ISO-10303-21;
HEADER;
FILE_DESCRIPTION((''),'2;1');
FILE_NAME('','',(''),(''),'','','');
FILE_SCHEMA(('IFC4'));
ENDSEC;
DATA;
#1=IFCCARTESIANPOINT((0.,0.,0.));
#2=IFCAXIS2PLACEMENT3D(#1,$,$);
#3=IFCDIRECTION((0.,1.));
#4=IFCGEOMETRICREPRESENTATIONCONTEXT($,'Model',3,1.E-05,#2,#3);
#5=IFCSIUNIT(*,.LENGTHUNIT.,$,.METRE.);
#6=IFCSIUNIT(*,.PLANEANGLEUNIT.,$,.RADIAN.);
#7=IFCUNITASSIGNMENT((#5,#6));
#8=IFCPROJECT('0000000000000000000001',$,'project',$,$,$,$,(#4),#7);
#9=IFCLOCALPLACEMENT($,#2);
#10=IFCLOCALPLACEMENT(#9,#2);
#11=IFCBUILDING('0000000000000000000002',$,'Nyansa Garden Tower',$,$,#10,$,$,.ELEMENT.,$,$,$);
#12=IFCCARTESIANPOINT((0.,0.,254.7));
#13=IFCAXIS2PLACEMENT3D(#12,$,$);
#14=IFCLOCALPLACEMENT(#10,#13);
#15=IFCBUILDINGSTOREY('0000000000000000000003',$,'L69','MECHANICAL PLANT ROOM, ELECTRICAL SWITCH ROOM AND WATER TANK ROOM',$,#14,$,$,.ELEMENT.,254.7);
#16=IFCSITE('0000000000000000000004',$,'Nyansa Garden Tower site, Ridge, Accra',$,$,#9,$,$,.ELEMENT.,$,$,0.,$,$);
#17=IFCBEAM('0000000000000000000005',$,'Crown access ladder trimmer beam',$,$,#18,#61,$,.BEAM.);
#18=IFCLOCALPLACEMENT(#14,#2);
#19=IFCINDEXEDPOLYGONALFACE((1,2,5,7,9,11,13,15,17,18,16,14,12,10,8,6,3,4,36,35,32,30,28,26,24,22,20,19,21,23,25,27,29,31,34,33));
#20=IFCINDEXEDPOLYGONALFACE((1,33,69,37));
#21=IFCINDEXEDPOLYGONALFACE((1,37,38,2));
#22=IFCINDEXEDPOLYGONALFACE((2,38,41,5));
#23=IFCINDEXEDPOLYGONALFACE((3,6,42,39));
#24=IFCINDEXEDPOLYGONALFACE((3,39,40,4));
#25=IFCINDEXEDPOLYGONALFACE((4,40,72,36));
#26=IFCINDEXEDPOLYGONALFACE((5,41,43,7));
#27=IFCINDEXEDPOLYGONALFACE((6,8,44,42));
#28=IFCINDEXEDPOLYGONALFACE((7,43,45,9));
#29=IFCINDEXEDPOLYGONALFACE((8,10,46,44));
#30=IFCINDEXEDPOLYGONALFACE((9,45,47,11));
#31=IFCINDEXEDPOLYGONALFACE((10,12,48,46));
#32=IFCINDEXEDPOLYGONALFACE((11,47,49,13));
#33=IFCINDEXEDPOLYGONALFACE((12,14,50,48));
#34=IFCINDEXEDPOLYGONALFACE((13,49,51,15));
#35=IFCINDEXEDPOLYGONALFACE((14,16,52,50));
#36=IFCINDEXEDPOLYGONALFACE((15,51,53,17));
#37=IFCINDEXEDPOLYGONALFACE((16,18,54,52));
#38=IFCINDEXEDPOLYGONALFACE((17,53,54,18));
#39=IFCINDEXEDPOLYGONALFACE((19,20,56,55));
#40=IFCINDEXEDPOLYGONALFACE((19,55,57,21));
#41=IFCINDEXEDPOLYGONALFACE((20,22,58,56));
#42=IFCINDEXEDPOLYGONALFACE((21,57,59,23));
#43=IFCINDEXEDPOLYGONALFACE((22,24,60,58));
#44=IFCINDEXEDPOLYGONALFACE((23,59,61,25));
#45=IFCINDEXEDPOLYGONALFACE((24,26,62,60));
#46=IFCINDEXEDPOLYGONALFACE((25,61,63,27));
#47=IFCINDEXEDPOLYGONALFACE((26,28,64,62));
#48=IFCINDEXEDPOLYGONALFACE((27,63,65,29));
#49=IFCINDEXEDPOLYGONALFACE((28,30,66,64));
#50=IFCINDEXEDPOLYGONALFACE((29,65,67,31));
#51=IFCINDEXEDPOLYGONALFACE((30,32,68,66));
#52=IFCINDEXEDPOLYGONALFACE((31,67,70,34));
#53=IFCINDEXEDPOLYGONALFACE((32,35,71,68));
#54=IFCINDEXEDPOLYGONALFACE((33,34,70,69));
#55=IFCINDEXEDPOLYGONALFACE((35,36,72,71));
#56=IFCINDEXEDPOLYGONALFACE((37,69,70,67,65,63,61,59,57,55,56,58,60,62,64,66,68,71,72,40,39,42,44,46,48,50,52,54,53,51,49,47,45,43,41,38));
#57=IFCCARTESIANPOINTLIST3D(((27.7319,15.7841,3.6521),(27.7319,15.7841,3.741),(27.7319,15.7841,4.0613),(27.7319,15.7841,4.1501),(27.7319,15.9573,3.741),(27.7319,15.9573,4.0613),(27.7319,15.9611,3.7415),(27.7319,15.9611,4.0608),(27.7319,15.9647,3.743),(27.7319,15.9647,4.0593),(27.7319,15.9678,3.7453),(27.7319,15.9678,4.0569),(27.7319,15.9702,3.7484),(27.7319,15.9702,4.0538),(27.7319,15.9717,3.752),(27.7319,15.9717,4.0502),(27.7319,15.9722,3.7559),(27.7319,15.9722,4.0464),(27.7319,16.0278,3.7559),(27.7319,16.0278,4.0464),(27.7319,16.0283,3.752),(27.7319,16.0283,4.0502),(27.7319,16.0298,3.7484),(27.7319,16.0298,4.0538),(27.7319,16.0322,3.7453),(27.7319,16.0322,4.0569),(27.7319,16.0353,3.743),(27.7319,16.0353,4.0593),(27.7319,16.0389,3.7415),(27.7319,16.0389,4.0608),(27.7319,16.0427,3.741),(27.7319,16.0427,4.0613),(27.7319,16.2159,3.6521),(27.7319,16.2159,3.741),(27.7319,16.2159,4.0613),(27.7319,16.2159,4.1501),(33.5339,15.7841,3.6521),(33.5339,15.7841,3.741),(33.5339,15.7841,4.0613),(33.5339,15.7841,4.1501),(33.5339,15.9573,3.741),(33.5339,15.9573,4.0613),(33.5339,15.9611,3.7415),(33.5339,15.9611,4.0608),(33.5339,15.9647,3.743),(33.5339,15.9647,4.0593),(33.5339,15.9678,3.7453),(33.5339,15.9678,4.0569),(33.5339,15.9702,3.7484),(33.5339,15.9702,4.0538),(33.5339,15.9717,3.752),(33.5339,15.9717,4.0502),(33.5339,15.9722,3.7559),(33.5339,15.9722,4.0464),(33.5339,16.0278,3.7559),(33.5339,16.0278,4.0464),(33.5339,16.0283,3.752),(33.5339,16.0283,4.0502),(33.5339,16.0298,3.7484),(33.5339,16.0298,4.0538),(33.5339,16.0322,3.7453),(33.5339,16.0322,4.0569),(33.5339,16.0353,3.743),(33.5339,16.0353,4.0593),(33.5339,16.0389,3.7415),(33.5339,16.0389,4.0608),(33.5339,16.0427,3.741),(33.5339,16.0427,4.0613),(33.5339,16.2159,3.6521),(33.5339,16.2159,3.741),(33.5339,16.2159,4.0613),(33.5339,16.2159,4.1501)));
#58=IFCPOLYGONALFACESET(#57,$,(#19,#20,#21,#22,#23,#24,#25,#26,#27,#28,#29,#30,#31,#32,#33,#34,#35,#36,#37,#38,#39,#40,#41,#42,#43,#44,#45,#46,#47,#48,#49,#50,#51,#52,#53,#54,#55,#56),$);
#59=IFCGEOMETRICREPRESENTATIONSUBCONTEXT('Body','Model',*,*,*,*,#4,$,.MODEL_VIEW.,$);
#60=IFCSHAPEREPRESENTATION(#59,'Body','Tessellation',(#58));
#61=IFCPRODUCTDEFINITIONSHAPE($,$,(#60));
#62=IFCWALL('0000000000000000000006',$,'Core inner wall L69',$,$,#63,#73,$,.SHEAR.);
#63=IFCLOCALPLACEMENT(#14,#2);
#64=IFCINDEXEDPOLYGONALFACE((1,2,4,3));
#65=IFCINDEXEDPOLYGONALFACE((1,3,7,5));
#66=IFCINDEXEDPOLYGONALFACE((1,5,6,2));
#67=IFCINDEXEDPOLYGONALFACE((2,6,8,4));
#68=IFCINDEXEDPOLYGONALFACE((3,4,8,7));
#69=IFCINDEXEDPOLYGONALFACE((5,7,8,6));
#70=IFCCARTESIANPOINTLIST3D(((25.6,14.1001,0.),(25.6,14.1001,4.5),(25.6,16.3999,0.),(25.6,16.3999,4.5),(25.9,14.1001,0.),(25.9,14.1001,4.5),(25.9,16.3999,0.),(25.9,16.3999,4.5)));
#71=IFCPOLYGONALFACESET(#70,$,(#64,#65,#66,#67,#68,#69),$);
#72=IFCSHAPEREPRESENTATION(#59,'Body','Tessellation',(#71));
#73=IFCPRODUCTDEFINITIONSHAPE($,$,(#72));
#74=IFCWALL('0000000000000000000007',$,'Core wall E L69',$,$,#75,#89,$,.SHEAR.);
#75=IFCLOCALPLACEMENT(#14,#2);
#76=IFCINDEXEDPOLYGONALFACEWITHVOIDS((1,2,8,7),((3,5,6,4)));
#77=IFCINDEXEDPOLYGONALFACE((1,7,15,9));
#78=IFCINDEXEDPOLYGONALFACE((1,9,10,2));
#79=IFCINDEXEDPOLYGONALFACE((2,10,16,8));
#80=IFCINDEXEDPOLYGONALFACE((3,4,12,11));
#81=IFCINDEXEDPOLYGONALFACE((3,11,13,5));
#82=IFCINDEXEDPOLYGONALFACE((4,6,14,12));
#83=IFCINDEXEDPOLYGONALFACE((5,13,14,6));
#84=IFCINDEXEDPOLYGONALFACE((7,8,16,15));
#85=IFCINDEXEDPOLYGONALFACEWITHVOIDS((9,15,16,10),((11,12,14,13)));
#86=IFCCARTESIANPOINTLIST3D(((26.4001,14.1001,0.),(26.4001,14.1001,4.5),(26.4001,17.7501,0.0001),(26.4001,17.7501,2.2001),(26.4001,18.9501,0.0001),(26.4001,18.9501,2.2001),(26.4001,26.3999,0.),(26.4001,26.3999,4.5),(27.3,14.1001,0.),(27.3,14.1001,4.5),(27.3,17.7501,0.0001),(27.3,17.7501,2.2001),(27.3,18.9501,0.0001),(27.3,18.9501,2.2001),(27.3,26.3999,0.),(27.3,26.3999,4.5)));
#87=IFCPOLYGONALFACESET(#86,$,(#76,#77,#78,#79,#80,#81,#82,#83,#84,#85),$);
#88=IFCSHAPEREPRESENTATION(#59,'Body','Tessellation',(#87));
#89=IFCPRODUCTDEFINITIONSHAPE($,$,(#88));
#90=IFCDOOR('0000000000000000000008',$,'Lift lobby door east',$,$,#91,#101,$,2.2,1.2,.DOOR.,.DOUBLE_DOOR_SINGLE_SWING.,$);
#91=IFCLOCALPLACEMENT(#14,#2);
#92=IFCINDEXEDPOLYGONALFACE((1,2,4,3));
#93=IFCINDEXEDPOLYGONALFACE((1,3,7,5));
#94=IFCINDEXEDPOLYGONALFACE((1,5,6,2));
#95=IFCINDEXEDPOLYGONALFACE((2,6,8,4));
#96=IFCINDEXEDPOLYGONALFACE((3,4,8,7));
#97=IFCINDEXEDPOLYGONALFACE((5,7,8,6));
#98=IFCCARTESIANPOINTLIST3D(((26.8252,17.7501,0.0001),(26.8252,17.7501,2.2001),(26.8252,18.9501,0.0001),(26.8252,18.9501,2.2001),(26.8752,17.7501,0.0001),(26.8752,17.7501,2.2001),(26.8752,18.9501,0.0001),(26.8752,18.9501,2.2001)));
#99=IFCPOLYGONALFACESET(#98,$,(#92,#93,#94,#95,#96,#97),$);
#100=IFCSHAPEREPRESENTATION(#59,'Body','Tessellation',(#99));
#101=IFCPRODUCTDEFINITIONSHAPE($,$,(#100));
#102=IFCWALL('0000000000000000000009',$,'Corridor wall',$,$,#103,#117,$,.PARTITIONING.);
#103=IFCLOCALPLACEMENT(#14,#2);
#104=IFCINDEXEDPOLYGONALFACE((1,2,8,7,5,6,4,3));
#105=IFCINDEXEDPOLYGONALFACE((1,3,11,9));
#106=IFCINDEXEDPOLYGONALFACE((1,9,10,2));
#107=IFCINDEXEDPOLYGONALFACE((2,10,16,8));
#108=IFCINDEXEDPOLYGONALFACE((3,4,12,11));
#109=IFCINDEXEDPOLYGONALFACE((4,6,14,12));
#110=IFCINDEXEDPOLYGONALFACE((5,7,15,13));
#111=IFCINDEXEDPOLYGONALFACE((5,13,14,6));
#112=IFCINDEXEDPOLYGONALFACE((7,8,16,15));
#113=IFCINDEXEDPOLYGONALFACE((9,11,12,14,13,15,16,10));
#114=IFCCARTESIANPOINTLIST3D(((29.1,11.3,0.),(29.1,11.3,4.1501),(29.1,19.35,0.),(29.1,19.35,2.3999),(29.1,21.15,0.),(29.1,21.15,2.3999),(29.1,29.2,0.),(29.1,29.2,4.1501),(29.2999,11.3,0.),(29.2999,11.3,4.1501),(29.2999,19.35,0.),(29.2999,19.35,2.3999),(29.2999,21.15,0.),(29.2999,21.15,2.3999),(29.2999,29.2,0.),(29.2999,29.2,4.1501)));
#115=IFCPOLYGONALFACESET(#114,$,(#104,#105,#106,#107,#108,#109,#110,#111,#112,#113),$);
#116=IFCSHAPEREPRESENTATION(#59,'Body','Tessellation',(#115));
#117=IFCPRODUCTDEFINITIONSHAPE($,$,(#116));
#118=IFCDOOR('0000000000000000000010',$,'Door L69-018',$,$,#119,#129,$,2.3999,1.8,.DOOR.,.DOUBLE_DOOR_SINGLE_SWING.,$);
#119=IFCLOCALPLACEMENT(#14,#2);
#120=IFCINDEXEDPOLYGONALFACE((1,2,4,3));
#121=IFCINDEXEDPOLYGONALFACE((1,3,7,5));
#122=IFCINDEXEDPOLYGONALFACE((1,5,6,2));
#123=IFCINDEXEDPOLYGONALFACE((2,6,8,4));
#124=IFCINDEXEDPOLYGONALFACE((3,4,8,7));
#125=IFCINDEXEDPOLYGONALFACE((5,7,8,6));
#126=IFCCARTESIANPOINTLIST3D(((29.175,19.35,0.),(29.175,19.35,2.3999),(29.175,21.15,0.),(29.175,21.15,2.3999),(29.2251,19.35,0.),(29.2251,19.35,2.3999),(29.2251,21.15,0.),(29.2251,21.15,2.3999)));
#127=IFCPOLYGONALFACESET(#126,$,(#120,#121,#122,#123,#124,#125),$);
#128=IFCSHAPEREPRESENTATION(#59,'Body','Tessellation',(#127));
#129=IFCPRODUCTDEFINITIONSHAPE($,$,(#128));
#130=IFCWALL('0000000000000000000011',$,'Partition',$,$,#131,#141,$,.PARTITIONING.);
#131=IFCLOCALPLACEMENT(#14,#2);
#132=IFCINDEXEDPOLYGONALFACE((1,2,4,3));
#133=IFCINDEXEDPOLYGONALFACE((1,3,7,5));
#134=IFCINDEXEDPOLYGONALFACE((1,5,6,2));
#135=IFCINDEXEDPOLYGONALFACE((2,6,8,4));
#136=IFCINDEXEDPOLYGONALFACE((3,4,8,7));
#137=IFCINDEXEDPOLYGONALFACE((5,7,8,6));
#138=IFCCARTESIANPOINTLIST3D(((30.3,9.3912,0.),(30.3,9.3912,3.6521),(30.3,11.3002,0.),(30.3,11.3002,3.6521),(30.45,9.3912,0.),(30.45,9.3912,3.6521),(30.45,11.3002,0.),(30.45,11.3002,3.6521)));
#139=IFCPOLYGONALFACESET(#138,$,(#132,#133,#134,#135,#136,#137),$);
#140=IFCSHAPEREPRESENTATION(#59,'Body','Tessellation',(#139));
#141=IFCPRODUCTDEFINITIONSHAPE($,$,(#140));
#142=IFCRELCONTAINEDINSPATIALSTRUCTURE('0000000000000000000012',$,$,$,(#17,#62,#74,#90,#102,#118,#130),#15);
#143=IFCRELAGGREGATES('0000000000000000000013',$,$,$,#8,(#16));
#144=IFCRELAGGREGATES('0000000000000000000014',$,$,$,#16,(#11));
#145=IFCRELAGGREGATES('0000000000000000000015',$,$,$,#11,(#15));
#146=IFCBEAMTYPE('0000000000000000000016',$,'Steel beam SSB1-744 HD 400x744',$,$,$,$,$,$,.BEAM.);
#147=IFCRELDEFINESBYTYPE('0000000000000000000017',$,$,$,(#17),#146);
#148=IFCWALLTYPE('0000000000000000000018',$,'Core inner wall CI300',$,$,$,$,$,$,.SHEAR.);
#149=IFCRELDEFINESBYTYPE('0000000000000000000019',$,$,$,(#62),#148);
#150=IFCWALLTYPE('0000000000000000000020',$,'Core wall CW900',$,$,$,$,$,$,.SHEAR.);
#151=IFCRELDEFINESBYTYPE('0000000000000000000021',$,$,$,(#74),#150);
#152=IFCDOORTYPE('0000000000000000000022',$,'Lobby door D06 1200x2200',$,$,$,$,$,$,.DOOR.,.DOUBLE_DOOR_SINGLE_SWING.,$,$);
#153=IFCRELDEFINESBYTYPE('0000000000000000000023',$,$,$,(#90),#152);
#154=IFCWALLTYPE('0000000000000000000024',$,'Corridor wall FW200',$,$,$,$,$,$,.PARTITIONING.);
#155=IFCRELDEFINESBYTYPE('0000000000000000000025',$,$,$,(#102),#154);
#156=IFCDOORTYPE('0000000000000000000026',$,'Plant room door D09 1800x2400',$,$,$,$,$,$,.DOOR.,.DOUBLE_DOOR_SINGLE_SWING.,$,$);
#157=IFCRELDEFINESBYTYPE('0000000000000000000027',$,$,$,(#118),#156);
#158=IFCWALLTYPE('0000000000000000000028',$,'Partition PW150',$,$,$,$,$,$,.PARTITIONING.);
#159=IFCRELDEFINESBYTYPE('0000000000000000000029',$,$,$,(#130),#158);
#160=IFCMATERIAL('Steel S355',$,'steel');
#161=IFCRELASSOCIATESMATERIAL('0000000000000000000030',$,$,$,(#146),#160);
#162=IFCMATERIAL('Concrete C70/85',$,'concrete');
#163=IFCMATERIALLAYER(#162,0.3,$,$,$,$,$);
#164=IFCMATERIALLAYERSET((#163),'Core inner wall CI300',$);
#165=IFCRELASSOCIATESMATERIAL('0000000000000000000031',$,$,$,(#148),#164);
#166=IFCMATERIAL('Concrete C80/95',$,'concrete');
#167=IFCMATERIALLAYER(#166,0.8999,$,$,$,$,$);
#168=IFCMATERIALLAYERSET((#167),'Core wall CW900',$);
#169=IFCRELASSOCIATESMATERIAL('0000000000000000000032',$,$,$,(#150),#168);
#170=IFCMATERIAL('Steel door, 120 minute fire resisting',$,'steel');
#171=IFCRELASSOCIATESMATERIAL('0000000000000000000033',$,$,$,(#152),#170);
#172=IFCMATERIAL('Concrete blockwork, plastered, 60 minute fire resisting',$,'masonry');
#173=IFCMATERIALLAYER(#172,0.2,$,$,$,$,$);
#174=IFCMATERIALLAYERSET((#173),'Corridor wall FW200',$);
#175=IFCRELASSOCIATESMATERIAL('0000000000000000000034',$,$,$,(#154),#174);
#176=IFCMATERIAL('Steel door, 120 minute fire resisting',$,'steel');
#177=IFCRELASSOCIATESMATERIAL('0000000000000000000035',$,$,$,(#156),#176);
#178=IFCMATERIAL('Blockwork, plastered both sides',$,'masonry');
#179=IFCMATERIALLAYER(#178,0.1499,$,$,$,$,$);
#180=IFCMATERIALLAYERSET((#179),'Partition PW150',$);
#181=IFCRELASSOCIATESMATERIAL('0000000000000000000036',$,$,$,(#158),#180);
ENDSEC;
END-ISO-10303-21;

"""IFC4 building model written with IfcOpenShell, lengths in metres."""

from ifc_helpers import new_model, si_unit, direction, frame, frame_2d, origin, origin_2d, place, context, subcontext, project, spatial, rectangle, i_section, extrude, material, layer, layer_set, material_profile, profile_set, type_object, element, fill, save


model = new_model("IFC4")

# Units and contexts
model_context = context("Model", 3, precision=1e-05, world=origin(), true_north=direction((0.0, 1.0)))
body_context = subcontext(model_context, "Body", "Model", "MODEL_VIEW")
ifc_project = project(units=[si_unit("LENGTHUNIT", "METRE"), si_unit("PLANEANGLEUNIT", "RADIAN")], contexts=[model_context])

# Site, building, storey
site_placement = place(None, origin())
site = spatial("IfcSite", under=ifc_project, at=site_placement, Name="Nyansa Garden Tower site, Ridge, Accra", CompositionType="ELEMENT", RefElevation=0.0)
building_placement = place(site_placement, origin())
building = spatial("IfcBuilding", under=site, at=building_placement, Name="Nyansa Garden Tower", CompositionType="ELEMENT")
storey_placement = place(building_placement, frame((0.0, 0.0, 254.7)))
storey = spatial("IfcBuildingStorey", under=building, at=storey_placement, Name="L69", Description="MECHANICAL PLANT ROOM, ELECTRICAL SWITCH ROOM AND WATER TANK ROOM", CompositionType="ELEMENT", Elevation=254.7)

# Beam
ifc_material_1 = material(Name="Steel S355", Category="steel")
ifc_material_profile_1 = material_profile(ifc_material_1, i_section(OverallWidth=0.4319, OverallDepth=0.498, WebThickness=0.0557, FlangeThickness=0.0889, FilletRadius=0.0149, at=origin_2d()), Name="HD 400x744")
ifc_profile_set_1 = profile_set([ifc_material_profile_1], Name="Steel S355")
beam_type_1 = type_object("IfcBeamType", Name="Steel beam SSB1-744 HD 400x744", PredefinedType="BEAM", material=ifc_profile_set_1)
beam_1_placement = place(storey_placement, frame((27.7319, 16.0, 3.9011), z_axis=(1.0, 0.0, 0.0), x_axis=(0.0, 1.0, 0.0)))
element("IfcBeam", 1, at=beam_1_placement, inside=storey, type_object=beam_type_1, Name="Crown access ladder trimmer beam", PredefinedType="BEAM", context=body_context, shape_type="SweptSolid", body=[
    extrude(i_section(OverallWidth=0.4319, OverallDepth=0.498, WebThickness=0.0557, FlangeThickness=0.0889, FilletRadius=0.0149, at=origin_2d()), origin(), (0.0, 0.0, 1.0), 5.802),
])

# Wall
ifc_material_2 = material(Name="Concrete C70/85", Category="concrete")
ifc_layer_1 = layer(ifc_material_2, 0.3)
ifc_layer_set_1 = layer_set([ifc_layer_1], Name="Core inner wall CI300")
wall_type_1 = type_object("IfcWallType", Name="Core inner wall CI300", PredefinedType="SHEAR", material=ifc_layer_set_1)
wall_1_placement = place(storey_placement, frame((25.75, 14.1001, 0.0), z_axis=(0.0, 0.0, 1.0), x_axis=(0.0, 1.0, 0.0)))
element("IfcWall", 2, at=wall_1_placement, inside=storey, type_object=wall_type_1, Name="Core inner wall L69", PredefinedType="SHEAR", context=body_context, shape_type="SweptSolid", body=[
    extrude(rectangle(XDim=2.2998, YDim=0.3, at=frame_2d((1.1499, 0.0))), origin(), (0.0, 0.0, 1.0), 4.5),
])

# Walls, openings, doors
ifc_material_3 = material(Name="Concrete C80/95", Category="concrete")
ifc_layer_2 = layer(ifc_material_3, 0.8999)
ifc_layer_set_2 = layer_set([ifc_layer_2], Name="Core wall CW900")
wall_type_2 = type_object("IfcWallType", Name="Core wall CW900", PredefinedType="SHEAR", material=ifc_layer_set_2)
wall_2_placement = place(storey_placement, frame((26.8501, 14.1001, 0.0), z_axis=(0.0, 0.0, 1.0), x_axis=(0.0, 1.0, 0.0)))
wall_2 = element("IfcWall", 3, at=wall_2_placement, inside=storey, type_object=wall_type_2, Name="Core wall E L69", PredefinedType="SHEAR", context=body_context, shape_type="SweptSolid", body=[
    extrude(rectangle(XDim=12.2998, YDim=0.8999, at=frame_2d((6.1499, 0.0))), origin(), (0.0, 0.0, 1.0), 4.5),
])
opening_1_placement = place(wall_2_placement, frame((3.6499, 0.0, 0.0)))
opening_1 = element("IfcOpeningElement", 4, at=opening_1_placement, cuts=wall_2, PredefinedType="OPENING", context=body_context, shape_type="SweptSolid", body=[
    extrude(rectangle(XDim=1.2, YDim=2.2, at=frame_2d((0.6001, 1.1001))), frame((0.0, 0.46, 0.0), z_axis=(0.0, -1.0, 0.0), x_axis=(1.0, 0.0, 0.0)), (0.0, 0.0, 1.0), 0.9199),
])
ifc_material_4 = material(Name="Steel door, 120 minute fire resisting", Category="steel")
door_type_1 = type_object("IfcDoorType", Name="Lobby door D06 1200x2200", OperationType="DOUBLE_DOOR_SINGLE_SWING", PredefinedType="DOOR", material=ifc_material_4)
door_1_placement = place(opening_1_placement, origin())
door_1 = element("IfcDoor", 5, at=door_1_placement, inside=storey, type_object=door_type_1, Name="Lift lobby door east", OperationType="DOUBLE_DOOR_SINGLE_SWING", OverallHeight=2.2, OverallWidth=1.2, PredefinedType="DOOR", context=body_context, shape_type="SweptSolid", body=[
    extrude(rectangle(XDim=1.2, YDim=2.2, at=frame_2d((0.6001, 1.1001))), frame((0.0, 0.0249, 0.0), z_axis=(0.0, -1.0, 0.0), x_axis=(1.0, 0.0, 0.0)), (0.0, 0.0, 1.0), 0.05),
])
fill(opening_1, door_1)
ifc_material_5 = material(Name="Concrete blockwork, plastered, 60 minute fire resisting", Category="masonry")
ifc_layer_3 = layer(ifc_material_5, 0.2)
ifc_layer_set_3 = layer_set([ifc_layer_3], Name="Corridor wall FW200")
wall_type_3 = type_object("IfcWallType", Name="Corridor wall FW200", PredefinedType="PARTITIONING", material=ifc_layer_set_3)
wall_3_placement = place(storey_placement, frame((29.2, 11.3, 0.0), z_axis=(0.0, 0.0, 1.0), x_axis=(0.0, 1.0, 0.0)))
wall_3 = element("IfcWall", 6, at=wall_3_placement, inside=storey, type_object=wall_type_3, Name="Corridor wall", PredefinedType="PARTITIONING", context=body_context, shape_type="SweptSolid", body=[
    extrude(rectangle(XDim=17.8999, YDim=0.2, at=frame_2d((8.95, 0.0))), origin(), (0.0, 0.0, 1.0), 4.1501),
])
opening_2_placement = place(wall_3_placement, frame((8.05, 0.0, 0.0)))
opening_2 = element("IfcOpeningElement", 7, at=opening_2_placement, cuts=wall_3, PredefinedType="OPENING", context=body_context, shape_type="SweptSolid", body=[
    extrude(rectangle(XDim=1.8, YDim=2.3999, at=frame_2d((0.8999, 1.2))), frame((0.0, 0.1099, 0.0), z_axis=(0.0, -1.0, 0.0), x_axis=(1.0, 0.0, 0.0)), (0.0, 0.0, 1.0), 0.22),
])
ifc_material_6 = material(Name="Steel door, 120 minute fire resisting", Category="steel")
door_type_2 = type_object("IfcDoorType", Name="Plant room door D09 1800x2400", OperationType="DOUBLE_DOOR_SINGLE_SWING", PredefinedType="DOOR", material=ifc_material_6)
door_2_placement = place(opening_2_placement, origin())
door_2 = element("IfcDoor", 8, at=door_2_placement, inside=storey, type_object=door_type_2, Name="Door L69-018", OperationType="DOUBLE_DOOR_SINGLE_SWING", OverallHeight=2.3999, OverallWidth=1.8, PredefinedType="DOOR", context=body_context, shape_type="SweptSolid", body=[
    extrude(rectangle(XDim=1.8, YDim=2.3999, at=frame_2d((0.8999, 1.2))), frame((0.0, 0.0249, 0.0), z_axis=(0.0, -1.0, 0.0), x_axis=(1.0, 0.0, 0.0)), (0.0, 0.0, 1.0), 0.05),
])
fill(opening_2, door_2)

# Wall
ifc_material_7 = material(Name="Blockwork, plastered both sides", Category="masonry")
ifc_layer_4 = layer(ifc_material_7, 0.1499)
ifc_layer_set_4 = layer_set([ifc_layer_4], Name="Partition PW150")
wall_type_4 = type_object("IfcWallType", Name="Partition PW150", PredefinedType="PARTITIONING", material=ifc_layer_set_4)
wall_4_placement = place(storey_placement, frame((30.375, 9.3911, 0.0), z_axis=(0.0, 0.0, 1.0), x_axis=(0.0, 1.0, 0.0)))
element("IfcWall", 9, at=wall_4_placement, inside=storey, type_object=wall_type_4, Name="Partition", PredefinedType="PARTITIONING", context=body_context, shape_type="SweptSolid", body=[
    extrude(rectangle(XDim=1.9089, YDim=0.1499, at=frame_2d((0.9546, 0.0))), origin(), (0.0, 0.0, 1.0), 3.6521),
])

save(model, "model.ifc")
